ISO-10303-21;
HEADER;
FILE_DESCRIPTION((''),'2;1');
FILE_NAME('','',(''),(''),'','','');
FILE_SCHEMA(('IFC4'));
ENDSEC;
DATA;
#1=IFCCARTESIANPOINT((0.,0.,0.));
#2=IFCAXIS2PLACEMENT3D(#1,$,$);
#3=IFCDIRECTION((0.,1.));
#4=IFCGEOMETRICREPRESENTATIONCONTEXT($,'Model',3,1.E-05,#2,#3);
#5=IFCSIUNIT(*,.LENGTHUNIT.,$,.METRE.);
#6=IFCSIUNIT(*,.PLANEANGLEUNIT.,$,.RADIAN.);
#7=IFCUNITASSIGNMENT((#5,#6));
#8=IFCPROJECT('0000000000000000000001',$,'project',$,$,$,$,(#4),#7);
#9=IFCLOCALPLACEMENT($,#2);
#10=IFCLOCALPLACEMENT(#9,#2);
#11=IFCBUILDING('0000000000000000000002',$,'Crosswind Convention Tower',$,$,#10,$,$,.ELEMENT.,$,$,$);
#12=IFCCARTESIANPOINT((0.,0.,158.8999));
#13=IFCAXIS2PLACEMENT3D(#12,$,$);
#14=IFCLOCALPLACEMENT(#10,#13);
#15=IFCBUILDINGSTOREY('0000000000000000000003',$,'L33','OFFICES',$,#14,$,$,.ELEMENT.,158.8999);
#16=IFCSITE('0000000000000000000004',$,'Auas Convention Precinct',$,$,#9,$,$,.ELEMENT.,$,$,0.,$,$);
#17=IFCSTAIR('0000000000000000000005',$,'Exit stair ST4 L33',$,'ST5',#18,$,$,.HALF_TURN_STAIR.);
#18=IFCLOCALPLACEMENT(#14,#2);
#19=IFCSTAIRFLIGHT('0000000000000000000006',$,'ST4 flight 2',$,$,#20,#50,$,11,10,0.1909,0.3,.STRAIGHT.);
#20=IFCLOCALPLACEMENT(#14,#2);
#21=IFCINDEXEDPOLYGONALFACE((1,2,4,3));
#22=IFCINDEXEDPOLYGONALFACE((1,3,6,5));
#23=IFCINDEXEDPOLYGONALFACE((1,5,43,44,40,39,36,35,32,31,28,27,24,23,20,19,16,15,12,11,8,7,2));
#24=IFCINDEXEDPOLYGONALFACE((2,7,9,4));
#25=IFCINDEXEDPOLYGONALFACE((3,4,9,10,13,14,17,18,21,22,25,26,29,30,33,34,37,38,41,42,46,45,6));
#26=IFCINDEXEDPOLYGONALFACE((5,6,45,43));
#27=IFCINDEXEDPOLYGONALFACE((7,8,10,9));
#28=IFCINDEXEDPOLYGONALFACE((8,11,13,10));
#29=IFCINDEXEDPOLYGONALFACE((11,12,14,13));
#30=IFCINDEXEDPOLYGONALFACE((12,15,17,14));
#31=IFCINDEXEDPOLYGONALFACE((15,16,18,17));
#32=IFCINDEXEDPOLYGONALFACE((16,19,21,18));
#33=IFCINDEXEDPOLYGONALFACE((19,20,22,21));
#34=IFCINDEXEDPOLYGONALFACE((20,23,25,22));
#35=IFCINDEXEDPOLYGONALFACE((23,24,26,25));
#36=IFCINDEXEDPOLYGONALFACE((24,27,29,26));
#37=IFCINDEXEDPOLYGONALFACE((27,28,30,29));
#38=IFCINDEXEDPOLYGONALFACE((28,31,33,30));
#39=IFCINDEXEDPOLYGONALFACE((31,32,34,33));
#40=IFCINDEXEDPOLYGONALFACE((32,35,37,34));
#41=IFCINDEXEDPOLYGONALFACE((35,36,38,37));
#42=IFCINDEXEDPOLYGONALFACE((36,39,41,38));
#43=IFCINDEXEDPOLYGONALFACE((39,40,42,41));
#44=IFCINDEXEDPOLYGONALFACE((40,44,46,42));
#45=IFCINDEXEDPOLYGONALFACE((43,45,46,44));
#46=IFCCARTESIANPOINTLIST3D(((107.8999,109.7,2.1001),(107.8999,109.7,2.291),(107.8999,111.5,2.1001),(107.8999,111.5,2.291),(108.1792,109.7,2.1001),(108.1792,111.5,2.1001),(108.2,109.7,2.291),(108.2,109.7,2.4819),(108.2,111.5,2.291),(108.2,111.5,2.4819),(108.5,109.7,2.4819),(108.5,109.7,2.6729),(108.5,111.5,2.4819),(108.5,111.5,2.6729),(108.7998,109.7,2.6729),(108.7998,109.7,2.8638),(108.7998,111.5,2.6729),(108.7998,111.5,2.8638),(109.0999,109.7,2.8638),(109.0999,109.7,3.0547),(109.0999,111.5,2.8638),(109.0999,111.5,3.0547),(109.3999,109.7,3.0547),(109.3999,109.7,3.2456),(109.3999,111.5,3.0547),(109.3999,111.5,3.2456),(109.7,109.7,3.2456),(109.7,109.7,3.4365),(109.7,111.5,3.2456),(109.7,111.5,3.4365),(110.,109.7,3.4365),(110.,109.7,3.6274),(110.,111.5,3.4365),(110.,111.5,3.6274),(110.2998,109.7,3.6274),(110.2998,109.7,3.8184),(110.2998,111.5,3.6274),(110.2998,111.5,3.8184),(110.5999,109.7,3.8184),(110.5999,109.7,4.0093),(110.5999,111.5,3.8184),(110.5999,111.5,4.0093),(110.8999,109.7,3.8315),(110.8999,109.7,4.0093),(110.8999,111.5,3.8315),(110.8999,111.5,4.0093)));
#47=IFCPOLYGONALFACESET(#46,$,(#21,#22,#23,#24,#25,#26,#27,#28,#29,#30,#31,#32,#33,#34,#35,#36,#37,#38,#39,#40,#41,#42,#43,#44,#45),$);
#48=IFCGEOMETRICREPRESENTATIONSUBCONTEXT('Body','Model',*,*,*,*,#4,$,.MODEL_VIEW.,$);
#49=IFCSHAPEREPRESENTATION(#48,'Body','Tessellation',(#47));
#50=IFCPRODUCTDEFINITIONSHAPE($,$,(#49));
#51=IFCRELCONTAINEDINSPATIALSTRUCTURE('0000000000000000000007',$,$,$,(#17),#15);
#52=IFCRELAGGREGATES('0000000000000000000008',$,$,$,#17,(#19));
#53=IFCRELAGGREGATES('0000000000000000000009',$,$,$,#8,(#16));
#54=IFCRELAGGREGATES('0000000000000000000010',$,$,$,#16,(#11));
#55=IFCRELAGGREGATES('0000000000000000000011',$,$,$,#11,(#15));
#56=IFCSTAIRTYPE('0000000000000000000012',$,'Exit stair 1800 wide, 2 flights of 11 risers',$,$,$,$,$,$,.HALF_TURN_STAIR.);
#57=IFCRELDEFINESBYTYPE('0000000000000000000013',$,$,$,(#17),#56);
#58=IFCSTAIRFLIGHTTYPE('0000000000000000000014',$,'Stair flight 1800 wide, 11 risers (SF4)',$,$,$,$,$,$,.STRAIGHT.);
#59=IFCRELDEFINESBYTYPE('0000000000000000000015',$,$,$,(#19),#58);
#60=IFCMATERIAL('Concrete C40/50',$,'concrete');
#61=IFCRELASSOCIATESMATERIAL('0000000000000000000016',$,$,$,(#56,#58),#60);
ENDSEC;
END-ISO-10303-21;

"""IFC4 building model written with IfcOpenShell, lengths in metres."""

from ifc_helpers import new_model, si_unit, direction, frame, origin, place, context, subcontext, project, spatial, polyline, outline, extrude, material, type_object, element, aggregate, save


model = new_model("IFC4")

# Units and contexts
model_context = context("Model", 3, precision=1e-05, world=origin(), true_north=direction((0.0, 1.0)))
body_context = subcontext(model_context, "Body", "Model", "MODEL_VIEW")
ifc_project = project(units=[si_unit("LENGTHUNIT", "METRE"), si_unit("PLANEANGLEUNIT", "RADIAN")], contexts=[model_context])

# Site, building, storey
site_placement = place(None, origin())
site = spatial("IfcSite", under=ifc_project, at=site_placement, Name="Auas Convention Precinct", CompositionType="ELEMENT", RefElevation=0.0)
building_placement = place(site_placement, origin())
building = spatial("IfcBuilding", under=site, at=building_placement, Name="Crosswind Convention Tower", CompositionType="ELEMENT")
storey_placement = place(building_placement, frame((0.0, 0.0, 158.8999)))
storey = spatial("IfcBuildingStorey", under=building, at=storey_placement, Name="L33", Description="OFFICES", CompositionType="ELEMENT", Elevation=158.8999)

# Stair, stair flight
ifc_material_1 = material(Name="Concrete C40/50", Category="concrete")
stair_type = type_object("IfcStairType", Name="Exit stair 1800 wide, 2 flights of 11 risers", PredefinedType="HALF_TURN_STAIR", material=ifc_material_1)
stair_placement = place(storey_placement, origin())
stair = element("IfcStair", 1, at=stair_placement, inside=storey, type_object=stair_type, Name="Exit stair ST4 L33", ObjectType="ST5", PredefinedType="HALF_TURN_STAIR")
stair_flight_type = type_object("IfcStairFlightType", Name="Stair flight 1800 wide, 11 risers (SF4)", PredefinedType="STRAIGHT", material=ifc_material_1)
stair_flight_1_placement = place(storey_placement, frame((107.8999, 110.6001, 2.1001), z_axis=(0.0, 0.0, 1.0), x_axis=(1.0, 0.0, 0.0)))
stair_flight_1 = element("IfcStairFlight", 2, at=stair_flight_1_placement, type_object=stair_flight_type, Name="ST4 flight 2", NumberOfRisers=11, NumberOfTreads=10, PredefinedType="STRAIGHT", RiserHeight=0.1909, TreadLength=0.3, context=body_context, shape_type="SweptSolid", body=[
    extrude(outline(polyline([(0.0, 0.0), (0.0, 0.1909), (0.3, 0.1909), (0.3, 0.3818), (0.6001, 0.3818), (0.6001, 0.5728), (0.8999, 0.5728), (0.8999, 0.7637), (1.2, 0.7637), (1.2, 0.9546), (1.5, 0.9546), (1.5, 1.1455), (1.8, 1.1455), (1.8, 1.3364), (2.1001, 1.3364), (2.1001, 1.5273), (2.3999, 1.5273), (2.3999, 1.7183), (2.7, 1.7183), (2.7, 1.9092), (3.0, 1.9092), (3.0, 2.1001), (3.0, 1.7314), (0.2793, 0.0), (0.0, 0.0)])), frame((0.0, 0.8999, 0.0), z_axis=(0.0, -1.0, 0.0), x_axis=(1.0, 0.0, 0.0)), (0.0, 0.0, 1.0), 1.8),
])
aggregate(stair, [stair_flight_1])

save(model, "model.ifc")
